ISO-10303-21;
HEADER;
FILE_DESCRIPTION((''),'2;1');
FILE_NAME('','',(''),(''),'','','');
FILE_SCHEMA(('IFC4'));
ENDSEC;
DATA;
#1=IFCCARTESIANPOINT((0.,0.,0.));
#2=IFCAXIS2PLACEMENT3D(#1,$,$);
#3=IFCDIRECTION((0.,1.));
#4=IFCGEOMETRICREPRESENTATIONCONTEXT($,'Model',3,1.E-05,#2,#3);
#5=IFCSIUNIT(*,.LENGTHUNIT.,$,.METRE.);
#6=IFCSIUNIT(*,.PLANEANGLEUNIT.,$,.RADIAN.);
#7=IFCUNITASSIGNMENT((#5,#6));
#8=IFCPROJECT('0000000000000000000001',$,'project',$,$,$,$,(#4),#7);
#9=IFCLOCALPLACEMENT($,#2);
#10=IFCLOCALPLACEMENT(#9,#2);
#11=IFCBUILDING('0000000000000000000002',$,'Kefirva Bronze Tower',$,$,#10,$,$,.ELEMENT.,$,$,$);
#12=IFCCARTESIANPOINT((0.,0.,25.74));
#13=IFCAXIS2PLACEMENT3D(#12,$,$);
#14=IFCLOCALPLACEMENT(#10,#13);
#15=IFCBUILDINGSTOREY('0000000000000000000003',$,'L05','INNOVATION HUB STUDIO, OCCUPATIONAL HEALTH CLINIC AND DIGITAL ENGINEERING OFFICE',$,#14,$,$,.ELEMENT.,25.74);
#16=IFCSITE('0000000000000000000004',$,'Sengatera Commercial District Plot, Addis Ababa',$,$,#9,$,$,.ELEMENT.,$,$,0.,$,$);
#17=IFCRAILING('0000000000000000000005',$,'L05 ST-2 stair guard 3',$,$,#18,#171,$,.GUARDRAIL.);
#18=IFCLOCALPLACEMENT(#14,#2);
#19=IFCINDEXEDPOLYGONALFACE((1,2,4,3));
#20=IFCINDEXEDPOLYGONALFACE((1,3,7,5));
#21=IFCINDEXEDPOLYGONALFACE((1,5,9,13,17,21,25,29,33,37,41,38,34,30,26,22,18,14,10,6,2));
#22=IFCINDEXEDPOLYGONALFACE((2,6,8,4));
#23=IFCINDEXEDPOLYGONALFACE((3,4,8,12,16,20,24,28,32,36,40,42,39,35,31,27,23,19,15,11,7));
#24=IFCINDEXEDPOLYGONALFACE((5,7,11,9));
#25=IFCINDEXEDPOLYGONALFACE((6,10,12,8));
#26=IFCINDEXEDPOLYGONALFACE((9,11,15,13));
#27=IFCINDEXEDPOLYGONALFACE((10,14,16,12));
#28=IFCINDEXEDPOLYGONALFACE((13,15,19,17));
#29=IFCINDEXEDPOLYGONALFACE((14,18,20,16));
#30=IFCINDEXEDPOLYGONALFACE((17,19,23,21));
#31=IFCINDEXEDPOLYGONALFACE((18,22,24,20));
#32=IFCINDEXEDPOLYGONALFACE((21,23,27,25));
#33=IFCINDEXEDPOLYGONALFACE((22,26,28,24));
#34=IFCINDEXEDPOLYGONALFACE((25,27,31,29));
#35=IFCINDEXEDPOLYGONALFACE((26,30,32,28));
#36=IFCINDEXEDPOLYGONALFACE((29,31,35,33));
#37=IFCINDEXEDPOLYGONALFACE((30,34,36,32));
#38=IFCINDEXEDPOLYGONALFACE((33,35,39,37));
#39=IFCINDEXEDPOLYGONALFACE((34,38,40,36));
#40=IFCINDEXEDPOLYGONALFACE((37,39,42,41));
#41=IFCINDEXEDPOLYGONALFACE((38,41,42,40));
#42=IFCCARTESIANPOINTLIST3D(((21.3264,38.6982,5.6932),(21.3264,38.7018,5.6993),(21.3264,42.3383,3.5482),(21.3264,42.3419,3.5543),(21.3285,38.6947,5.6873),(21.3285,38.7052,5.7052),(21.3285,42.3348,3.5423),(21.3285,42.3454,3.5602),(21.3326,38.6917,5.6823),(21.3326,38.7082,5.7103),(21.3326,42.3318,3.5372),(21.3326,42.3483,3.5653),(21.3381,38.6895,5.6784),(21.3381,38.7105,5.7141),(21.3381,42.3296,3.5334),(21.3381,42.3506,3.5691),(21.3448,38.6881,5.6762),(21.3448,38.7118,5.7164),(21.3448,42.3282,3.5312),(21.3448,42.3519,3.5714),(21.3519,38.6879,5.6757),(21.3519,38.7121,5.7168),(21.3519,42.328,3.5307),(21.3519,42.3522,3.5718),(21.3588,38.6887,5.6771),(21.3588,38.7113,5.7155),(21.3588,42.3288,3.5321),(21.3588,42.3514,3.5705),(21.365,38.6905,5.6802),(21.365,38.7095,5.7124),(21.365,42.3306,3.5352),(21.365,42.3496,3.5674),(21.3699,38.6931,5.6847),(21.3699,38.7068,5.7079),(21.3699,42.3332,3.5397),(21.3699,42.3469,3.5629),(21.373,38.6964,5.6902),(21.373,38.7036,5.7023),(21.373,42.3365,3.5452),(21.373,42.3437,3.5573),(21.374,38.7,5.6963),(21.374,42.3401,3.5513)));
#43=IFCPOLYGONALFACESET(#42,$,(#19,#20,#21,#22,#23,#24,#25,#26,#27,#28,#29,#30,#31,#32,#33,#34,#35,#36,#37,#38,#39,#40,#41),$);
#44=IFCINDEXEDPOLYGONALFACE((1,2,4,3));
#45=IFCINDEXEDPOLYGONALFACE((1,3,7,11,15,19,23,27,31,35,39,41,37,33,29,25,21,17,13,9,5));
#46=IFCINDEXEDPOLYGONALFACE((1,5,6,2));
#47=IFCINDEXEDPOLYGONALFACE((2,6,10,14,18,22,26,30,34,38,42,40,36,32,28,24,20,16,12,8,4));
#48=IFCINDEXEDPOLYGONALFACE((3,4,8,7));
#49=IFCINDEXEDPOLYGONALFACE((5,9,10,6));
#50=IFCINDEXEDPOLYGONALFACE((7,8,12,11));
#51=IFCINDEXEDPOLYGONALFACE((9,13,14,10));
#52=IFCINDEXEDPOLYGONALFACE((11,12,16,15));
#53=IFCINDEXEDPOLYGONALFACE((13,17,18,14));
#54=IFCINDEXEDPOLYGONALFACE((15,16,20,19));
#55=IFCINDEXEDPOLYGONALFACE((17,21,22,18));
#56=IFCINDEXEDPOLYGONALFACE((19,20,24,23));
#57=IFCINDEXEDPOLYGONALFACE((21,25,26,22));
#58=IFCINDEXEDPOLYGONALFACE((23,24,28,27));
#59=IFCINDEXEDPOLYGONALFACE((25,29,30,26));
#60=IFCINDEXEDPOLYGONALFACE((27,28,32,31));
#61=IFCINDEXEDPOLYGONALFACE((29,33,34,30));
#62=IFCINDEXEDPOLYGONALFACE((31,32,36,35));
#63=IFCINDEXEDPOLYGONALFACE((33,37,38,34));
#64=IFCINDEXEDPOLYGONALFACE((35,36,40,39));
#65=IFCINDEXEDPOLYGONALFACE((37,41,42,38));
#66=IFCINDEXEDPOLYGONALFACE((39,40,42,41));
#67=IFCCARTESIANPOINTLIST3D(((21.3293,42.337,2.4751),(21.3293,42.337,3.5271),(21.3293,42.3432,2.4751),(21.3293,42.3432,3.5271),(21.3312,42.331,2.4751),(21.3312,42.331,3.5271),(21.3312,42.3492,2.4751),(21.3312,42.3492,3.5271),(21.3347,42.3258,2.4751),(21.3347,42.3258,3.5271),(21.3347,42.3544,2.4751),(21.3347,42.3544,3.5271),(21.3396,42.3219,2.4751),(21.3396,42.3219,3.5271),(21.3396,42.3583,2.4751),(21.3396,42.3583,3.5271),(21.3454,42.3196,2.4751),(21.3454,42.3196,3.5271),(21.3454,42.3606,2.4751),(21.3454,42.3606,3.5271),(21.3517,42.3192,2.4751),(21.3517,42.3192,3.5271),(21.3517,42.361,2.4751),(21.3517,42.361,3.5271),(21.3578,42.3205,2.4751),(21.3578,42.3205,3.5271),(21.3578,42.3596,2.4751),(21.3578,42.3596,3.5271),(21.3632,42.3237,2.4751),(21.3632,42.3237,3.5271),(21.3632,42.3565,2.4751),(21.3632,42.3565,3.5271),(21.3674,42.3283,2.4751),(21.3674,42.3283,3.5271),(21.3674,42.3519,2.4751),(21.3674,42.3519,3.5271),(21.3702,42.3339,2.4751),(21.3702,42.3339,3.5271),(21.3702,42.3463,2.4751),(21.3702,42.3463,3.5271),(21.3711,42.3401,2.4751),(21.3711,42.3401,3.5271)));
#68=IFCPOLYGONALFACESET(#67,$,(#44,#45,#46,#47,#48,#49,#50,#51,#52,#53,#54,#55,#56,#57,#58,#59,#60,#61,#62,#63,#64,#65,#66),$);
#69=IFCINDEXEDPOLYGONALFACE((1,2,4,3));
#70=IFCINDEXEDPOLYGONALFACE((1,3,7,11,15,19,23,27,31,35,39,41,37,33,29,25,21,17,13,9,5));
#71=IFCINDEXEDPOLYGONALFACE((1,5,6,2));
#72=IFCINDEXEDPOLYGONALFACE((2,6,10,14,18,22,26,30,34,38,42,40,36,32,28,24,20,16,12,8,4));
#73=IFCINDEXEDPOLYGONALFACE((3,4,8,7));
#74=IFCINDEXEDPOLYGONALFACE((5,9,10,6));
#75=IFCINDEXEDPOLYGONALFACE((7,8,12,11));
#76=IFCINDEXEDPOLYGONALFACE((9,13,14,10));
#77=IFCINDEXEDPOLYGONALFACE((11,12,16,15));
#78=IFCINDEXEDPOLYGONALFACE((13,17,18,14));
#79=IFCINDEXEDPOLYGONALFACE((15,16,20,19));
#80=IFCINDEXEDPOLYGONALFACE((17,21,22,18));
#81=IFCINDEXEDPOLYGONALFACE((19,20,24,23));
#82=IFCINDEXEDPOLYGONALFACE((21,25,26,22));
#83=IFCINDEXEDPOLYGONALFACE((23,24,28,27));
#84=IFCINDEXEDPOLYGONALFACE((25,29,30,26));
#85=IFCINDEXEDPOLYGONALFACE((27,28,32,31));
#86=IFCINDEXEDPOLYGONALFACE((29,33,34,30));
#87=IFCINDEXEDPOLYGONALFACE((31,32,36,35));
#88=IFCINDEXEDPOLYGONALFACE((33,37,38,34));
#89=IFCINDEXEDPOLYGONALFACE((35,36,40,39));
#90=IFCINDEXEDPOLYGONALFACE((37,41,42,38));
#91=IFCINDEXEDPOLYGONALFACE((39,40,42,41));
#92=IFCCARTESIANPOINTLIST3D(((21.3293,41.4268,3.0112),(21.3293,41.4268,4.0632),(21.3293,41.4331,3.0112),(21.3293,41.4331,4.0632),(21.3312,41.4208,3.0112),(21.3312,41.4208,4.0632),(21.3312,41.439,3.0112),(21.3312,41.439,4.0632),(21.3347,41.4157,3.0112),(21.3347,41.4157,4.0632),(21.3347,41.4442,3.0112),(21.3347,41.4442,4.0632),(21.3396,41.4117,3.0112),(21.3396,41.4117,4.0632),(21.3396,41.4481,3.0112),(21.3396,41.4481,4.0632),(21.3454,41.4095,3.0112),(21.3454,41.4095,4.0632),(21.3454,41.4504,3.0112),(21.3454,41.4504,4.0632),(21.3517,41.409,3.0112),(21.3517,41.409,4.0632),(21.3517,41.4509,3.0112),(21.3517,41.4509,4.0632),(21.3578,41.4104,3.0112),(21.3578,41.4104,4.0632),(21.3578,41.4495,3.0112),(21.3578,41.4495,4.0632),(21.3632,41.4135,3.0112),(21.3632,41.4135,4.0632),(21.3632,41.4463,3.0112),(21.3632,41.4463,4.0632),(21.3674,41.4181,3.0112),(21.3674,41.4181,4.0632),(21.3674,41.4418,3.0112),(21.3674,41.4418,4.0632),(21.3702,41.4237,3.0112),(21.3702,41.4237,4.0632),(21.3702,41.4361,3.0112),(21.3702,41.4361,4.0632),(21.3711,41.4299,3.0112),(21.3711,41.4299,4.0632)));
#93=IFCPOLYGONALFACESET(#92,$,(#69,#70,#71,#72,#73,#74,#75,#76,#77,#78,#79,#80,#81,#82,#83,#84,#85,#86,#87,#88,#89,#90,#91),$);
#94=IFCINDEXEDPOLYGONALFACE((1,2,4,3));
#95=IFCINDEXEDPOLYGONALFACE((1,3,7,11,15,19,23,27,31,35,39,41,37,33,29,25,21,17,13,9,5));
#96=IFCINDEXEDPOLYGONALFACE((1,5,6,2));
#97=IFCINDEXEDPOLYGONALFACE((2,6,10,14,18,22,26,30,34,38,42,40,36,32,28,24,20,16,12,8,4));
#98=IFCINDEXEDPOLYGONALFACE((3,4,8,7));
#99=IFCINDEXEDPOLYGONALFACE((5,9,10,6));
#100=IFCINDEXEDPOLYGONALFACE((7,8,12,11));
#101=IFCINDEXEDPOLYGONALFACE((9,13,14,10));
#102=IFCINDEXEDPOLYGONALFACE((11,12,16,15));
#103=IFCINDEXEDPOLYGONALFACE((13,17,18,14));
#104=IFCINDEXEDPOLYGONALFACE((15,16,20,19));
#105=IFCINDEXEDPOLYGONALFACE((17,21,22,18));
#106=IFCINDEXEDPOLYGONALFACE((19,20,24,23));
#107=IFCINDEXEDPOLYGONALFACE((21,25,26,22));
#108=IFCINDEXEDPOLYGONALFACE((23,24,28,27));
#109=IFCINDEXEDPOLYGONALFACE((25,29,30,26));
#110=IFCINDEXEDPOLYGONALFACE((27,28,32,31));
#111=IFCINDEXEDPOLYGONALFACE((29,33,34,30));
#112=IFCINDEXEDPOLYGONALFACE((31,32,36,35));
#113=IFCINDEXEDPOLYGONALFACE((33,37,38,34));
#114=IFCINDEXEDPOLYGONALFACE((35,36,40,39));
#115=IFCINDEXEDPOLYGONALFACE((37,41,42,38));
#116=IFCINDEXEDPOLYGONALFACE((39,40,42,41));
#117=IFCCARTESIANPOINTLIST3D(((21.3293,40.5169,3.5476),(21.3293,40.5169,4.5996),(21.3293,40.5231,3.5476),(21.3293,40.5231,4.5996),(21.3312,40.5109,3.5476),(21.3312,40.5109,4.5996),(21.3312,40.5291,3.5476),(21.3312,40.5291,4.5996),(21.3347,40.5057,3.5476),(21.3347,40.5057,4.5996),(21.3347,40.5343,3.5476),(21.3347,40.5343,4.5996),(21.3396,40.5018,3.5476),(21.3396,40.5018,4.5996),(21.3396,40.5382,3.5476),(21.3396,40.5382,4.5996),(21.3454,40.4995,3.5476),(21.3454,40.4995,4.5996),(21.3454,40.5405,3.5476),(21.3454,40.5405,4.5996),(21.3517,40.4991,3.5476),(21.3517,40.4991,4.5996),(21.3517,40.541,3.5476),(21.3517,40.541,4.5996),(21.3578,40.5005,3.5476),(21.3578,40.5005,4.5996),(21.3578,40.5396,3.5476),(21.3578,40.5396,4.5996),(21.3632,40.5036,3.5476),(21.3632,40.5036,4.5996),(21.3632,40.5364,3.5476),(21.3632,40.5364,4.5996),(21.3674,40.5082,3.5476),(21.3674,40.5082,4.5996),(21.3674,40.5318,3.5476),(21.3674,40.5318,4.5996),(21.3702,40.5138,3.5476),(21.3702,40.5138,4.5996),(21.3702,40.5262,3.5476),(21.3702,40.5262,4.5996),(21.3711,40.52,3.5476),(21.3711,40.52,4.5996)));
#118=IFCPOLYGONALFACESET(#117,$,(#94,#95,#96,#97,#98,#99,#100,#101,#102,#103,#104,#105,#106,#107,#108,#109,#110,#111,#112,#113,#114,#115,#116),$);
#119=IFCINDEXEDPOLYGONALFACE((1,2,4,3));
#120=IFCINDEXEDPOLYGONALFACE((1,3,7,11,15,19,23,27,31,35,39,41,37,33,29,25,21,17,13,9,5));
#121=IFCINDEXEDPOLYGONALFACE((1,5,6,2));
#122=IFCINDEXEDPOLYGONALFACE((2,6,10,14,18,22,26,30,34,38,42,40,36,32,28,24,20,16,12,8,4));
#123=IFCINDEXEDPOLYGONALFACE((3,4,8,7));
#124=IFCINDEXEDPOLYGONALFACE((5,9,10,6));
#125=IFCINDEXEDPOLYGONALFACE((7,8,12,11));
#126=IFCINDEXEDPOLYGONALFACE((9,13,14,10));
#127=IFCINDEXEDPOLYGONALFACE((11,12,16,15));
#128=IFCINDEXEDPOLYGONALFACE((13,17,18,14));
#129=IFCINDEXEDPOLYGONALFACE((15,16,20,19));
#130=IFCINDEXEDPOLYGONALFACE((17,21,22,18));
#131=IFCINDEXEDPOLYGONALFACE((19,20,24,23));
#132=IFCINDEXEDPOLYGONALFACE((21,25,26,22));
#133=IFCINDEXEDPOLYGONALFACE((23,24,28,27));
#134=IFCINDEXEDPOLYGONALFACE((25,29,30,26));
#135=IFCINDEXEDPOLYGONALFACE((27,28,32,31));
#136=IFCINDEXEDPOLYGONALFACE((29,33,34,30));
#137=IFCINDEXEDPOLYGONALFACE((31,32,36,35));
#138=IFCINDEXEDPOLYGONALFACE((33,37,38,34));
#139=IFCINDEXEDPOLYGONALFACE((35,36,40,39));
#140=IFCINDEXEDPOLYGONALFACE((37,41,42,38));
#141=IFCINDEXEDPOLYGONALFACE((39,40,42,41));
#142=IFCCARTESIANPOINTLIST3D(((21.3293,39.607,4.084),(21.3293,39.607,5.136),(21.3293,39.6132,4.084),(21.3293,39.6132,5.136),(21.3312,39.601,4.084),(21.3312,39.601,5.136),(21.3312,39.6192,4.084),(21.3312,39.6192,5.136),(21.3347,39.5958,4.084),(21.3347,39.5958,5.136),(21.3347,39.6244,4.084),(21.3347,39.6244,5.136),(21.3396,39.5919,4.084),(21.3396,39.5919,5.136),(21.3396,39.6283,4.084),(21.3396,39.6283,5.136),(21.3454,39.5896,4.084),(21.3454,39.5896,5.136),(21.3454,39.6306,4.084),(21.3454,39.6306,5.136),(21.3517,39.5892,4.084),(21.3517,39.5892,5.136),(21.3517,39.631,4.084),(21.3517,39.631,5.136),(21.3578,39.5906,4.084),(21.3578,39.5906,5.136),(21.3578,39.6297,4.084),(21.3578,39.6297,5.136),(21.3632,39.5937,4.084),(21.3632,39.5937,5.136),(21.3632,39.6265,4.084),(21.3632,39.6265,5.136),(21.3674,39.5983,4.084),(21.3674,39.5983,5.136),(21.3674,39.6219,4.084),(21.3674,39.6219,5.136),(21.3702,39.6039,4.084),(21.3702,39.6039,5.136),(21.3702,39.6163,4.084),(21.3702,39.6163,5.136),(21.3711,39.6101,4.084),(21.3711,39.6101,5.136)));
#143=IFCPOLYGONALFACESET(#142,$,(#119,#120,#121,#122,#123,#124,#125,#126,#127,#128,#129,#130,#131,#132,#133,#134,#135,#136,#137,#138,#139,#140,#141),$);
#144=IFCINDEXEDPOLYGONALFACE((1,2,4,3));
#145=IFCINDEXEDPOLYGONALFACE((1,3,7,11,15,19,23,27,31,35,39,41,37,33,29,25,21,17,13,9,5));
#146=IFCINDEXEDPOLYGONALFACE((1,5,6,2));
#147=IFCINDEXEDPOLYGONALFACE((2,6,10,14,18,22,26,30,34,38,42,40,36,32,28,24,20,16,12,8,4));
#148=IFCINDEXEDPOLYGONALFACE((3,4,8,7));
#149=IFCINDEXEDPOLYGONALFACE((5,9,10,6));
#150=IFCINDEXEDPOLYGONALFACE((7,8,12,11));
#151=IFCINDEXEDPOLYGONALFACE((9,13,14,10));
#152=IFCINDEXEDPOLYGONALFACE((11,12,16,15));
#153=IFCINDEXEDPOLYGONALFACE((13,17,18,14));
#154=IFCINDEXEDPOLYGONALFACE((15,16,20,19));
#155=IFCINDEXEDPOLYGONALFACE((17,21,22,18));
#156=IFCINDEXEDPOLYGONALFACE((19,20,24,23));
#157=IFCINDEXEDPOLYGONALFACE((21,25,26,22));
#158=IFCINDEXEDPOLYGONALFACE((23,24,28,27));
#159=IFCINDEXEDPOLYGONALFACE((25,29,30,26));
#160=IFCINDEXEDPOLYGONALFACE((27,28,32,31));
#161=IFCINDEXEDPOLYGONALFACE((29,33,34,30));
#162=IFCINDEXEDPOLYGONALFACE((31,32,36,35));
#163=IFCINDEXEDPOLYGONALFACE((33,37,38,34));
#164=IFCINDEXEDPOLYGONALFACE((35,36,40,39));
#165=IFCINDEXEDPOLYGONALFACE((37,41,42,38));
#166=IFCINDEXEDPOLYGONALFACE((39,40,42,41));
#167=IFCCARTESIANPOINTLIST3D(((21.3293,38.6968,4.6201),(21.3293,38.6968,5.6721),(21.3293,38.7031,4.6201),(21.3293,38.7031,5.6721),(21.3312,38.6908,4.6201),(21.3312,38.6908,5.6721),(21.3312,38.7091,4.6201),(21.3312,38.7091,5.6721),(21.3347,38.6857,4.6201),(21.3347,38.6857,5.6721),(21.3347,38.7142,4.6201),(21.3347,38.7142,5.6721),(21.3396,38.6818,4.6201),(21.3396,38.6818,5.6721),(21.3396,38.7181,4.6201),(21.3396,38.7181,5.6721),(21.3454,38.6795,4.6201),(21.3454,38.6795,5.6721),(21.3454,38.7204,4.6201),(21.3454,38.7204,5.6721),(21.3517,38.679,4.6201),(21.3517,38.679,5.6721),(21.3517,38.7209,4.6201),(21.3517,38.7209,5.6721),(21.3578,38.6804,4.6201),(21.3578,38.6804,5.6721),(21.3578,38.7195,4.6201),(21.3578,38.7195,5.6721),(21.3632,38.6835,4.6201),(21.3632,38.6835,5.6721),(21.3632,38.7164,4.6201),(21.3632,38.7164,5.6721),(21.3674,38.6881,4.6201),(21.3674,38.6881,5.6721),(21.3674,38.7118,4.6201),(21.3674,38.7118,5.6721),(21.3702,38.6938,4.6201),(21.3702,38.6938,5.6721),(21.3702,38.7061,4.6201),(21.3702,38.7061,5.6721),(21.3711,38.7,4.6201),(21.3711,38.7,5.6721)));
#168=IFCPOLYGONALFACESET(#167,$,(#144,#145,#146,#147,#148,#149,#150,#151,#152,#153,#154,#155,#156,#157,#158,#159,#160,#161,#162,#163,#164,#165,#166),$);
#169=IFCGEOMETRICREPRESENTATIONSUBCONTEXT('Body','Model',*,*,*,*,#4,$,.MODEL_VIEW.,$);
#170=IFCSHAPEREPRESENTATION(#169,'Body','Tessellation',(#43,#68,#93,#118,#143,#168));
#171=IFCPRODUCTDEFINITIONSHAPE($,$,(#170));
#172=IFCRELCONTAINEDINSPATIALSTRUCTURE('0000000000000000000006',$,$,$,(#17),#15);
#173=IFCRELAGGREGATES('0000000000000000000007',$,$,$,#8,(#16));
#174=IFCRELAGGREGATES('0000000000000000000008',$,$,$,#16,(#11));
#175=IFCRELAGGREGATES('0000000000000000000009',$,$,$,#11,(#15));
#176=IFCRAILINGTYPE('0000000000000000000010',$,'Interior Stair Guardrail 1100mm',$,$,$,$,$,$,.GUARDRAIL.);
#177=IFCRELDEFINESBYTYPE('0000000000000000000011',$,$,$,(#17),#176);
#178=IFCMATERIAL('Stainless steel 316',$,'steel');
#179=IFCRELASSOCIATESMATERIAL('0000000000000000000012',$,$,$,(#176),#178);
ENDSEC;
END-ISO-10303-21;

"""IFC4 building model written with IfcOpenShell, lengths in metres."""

from ifc_helpers import new_model, si_unit, direction, frame, origin, origin_2d, place, context, subcontext, project, spatial, circle, extrude, material, type_object, element, save


model = new_model("IFC4")

# Units and contexts
model_context = context("Model", 3, precision=1e-05, world=origin(), true_north=direction((0.0, 1.0)))
body_context = subcontext(model_context, "Body", "Model", "MODEL_VIEW")
ifc_project = project(units=[si_unit("LENGTHUNIT", "METRE"), si_unit("PLANEANGLEUNIT", "RADIAN")], contexts=[model_context])

# Site, building, storey
site_placement = place(None, origin())
site = spatial("IfcSite", under=ifc_project, at=site_placement, Name="Sengatera Commercial District Plot, Addis Ababa", CompositionType="ELEMENT", RefElevation=0.0)
building_placement = place(site_placement, origin())
building = spatial("IfcBuilding", under=site, at=building_placement, Name="Kefirva Bronze Tower", CompositionType="ELEMENT")
storey_placement = place(building_placement, frame((0.0, 0.0, 25.74)))
storey = spatial("IfcBuildingStorey", under=building, at=storey_placement, Name="L05", Description="INNOVATION HUB STUDIO, OCCUPATIONAL HEALTH CLINIC AND DIGITAL ENGINEERING OFFICE", CompositionType="ELEMENT", Elevation=25.74)

# Railing
ifc_material_1 = material(Name="Stainless steel 316", Category="steel")
railing_type_1 = type_object("IfcRailingType", Name="Interior Stair Guardrail 1100mm", PredefinedType="GUARDRAIL", material=ifc_material_1)
railing_1_placement = place(storey_placement, frame((21.3501, 42.3401, 2.4751)))
element("IfcRailing", 1, at=railing_1_placement, inside=storey, type_object=railing_type_1, Name="L05 ST-2 stair guard 3", PredefinedType="GUARDRAIL", context=body_context, shape_type="SweptSolid", body=[
    extrude(circle(Radius=0.0239, at=origin_2d()), frame((0.0, 0.0, 1.0762), z_axis=(0.0, -0.861545, 0.507682), x_axis=(1.0, 0.0, 0.0)), (0.0, 0.0, 1.0), 4.2251),
    extrude(circle(Radius=0.021, at=origin_2d()), origin(), (0.0, 0.0, 1.0), 1.052),
    extrude(circle(Radius=0.021, at=origin_2d()), frame((0.0, -0.9102, 0.5361)), (0.0, 0.0, 1.0), 1.052),
    extrude(circle(Radius=0.021, at=origin_2d()), frame((0.0, -1.8201, 1.0725)), (0.0, 0.0, 1.0), 1.052),
    extrude(circle(Radius=0.021, at=origin_2d()), frame((0.0, -2.73, 1.6089)), (0.0, 0.0, 1.0), 1.052),
    extrude(circle(Radius=0.021, at=origin_2d()), frame((0.0, -3.6401, 2.145)), (0.0, 0.0, 1.0), 1.052),
])

save(model, "model.ifc")
